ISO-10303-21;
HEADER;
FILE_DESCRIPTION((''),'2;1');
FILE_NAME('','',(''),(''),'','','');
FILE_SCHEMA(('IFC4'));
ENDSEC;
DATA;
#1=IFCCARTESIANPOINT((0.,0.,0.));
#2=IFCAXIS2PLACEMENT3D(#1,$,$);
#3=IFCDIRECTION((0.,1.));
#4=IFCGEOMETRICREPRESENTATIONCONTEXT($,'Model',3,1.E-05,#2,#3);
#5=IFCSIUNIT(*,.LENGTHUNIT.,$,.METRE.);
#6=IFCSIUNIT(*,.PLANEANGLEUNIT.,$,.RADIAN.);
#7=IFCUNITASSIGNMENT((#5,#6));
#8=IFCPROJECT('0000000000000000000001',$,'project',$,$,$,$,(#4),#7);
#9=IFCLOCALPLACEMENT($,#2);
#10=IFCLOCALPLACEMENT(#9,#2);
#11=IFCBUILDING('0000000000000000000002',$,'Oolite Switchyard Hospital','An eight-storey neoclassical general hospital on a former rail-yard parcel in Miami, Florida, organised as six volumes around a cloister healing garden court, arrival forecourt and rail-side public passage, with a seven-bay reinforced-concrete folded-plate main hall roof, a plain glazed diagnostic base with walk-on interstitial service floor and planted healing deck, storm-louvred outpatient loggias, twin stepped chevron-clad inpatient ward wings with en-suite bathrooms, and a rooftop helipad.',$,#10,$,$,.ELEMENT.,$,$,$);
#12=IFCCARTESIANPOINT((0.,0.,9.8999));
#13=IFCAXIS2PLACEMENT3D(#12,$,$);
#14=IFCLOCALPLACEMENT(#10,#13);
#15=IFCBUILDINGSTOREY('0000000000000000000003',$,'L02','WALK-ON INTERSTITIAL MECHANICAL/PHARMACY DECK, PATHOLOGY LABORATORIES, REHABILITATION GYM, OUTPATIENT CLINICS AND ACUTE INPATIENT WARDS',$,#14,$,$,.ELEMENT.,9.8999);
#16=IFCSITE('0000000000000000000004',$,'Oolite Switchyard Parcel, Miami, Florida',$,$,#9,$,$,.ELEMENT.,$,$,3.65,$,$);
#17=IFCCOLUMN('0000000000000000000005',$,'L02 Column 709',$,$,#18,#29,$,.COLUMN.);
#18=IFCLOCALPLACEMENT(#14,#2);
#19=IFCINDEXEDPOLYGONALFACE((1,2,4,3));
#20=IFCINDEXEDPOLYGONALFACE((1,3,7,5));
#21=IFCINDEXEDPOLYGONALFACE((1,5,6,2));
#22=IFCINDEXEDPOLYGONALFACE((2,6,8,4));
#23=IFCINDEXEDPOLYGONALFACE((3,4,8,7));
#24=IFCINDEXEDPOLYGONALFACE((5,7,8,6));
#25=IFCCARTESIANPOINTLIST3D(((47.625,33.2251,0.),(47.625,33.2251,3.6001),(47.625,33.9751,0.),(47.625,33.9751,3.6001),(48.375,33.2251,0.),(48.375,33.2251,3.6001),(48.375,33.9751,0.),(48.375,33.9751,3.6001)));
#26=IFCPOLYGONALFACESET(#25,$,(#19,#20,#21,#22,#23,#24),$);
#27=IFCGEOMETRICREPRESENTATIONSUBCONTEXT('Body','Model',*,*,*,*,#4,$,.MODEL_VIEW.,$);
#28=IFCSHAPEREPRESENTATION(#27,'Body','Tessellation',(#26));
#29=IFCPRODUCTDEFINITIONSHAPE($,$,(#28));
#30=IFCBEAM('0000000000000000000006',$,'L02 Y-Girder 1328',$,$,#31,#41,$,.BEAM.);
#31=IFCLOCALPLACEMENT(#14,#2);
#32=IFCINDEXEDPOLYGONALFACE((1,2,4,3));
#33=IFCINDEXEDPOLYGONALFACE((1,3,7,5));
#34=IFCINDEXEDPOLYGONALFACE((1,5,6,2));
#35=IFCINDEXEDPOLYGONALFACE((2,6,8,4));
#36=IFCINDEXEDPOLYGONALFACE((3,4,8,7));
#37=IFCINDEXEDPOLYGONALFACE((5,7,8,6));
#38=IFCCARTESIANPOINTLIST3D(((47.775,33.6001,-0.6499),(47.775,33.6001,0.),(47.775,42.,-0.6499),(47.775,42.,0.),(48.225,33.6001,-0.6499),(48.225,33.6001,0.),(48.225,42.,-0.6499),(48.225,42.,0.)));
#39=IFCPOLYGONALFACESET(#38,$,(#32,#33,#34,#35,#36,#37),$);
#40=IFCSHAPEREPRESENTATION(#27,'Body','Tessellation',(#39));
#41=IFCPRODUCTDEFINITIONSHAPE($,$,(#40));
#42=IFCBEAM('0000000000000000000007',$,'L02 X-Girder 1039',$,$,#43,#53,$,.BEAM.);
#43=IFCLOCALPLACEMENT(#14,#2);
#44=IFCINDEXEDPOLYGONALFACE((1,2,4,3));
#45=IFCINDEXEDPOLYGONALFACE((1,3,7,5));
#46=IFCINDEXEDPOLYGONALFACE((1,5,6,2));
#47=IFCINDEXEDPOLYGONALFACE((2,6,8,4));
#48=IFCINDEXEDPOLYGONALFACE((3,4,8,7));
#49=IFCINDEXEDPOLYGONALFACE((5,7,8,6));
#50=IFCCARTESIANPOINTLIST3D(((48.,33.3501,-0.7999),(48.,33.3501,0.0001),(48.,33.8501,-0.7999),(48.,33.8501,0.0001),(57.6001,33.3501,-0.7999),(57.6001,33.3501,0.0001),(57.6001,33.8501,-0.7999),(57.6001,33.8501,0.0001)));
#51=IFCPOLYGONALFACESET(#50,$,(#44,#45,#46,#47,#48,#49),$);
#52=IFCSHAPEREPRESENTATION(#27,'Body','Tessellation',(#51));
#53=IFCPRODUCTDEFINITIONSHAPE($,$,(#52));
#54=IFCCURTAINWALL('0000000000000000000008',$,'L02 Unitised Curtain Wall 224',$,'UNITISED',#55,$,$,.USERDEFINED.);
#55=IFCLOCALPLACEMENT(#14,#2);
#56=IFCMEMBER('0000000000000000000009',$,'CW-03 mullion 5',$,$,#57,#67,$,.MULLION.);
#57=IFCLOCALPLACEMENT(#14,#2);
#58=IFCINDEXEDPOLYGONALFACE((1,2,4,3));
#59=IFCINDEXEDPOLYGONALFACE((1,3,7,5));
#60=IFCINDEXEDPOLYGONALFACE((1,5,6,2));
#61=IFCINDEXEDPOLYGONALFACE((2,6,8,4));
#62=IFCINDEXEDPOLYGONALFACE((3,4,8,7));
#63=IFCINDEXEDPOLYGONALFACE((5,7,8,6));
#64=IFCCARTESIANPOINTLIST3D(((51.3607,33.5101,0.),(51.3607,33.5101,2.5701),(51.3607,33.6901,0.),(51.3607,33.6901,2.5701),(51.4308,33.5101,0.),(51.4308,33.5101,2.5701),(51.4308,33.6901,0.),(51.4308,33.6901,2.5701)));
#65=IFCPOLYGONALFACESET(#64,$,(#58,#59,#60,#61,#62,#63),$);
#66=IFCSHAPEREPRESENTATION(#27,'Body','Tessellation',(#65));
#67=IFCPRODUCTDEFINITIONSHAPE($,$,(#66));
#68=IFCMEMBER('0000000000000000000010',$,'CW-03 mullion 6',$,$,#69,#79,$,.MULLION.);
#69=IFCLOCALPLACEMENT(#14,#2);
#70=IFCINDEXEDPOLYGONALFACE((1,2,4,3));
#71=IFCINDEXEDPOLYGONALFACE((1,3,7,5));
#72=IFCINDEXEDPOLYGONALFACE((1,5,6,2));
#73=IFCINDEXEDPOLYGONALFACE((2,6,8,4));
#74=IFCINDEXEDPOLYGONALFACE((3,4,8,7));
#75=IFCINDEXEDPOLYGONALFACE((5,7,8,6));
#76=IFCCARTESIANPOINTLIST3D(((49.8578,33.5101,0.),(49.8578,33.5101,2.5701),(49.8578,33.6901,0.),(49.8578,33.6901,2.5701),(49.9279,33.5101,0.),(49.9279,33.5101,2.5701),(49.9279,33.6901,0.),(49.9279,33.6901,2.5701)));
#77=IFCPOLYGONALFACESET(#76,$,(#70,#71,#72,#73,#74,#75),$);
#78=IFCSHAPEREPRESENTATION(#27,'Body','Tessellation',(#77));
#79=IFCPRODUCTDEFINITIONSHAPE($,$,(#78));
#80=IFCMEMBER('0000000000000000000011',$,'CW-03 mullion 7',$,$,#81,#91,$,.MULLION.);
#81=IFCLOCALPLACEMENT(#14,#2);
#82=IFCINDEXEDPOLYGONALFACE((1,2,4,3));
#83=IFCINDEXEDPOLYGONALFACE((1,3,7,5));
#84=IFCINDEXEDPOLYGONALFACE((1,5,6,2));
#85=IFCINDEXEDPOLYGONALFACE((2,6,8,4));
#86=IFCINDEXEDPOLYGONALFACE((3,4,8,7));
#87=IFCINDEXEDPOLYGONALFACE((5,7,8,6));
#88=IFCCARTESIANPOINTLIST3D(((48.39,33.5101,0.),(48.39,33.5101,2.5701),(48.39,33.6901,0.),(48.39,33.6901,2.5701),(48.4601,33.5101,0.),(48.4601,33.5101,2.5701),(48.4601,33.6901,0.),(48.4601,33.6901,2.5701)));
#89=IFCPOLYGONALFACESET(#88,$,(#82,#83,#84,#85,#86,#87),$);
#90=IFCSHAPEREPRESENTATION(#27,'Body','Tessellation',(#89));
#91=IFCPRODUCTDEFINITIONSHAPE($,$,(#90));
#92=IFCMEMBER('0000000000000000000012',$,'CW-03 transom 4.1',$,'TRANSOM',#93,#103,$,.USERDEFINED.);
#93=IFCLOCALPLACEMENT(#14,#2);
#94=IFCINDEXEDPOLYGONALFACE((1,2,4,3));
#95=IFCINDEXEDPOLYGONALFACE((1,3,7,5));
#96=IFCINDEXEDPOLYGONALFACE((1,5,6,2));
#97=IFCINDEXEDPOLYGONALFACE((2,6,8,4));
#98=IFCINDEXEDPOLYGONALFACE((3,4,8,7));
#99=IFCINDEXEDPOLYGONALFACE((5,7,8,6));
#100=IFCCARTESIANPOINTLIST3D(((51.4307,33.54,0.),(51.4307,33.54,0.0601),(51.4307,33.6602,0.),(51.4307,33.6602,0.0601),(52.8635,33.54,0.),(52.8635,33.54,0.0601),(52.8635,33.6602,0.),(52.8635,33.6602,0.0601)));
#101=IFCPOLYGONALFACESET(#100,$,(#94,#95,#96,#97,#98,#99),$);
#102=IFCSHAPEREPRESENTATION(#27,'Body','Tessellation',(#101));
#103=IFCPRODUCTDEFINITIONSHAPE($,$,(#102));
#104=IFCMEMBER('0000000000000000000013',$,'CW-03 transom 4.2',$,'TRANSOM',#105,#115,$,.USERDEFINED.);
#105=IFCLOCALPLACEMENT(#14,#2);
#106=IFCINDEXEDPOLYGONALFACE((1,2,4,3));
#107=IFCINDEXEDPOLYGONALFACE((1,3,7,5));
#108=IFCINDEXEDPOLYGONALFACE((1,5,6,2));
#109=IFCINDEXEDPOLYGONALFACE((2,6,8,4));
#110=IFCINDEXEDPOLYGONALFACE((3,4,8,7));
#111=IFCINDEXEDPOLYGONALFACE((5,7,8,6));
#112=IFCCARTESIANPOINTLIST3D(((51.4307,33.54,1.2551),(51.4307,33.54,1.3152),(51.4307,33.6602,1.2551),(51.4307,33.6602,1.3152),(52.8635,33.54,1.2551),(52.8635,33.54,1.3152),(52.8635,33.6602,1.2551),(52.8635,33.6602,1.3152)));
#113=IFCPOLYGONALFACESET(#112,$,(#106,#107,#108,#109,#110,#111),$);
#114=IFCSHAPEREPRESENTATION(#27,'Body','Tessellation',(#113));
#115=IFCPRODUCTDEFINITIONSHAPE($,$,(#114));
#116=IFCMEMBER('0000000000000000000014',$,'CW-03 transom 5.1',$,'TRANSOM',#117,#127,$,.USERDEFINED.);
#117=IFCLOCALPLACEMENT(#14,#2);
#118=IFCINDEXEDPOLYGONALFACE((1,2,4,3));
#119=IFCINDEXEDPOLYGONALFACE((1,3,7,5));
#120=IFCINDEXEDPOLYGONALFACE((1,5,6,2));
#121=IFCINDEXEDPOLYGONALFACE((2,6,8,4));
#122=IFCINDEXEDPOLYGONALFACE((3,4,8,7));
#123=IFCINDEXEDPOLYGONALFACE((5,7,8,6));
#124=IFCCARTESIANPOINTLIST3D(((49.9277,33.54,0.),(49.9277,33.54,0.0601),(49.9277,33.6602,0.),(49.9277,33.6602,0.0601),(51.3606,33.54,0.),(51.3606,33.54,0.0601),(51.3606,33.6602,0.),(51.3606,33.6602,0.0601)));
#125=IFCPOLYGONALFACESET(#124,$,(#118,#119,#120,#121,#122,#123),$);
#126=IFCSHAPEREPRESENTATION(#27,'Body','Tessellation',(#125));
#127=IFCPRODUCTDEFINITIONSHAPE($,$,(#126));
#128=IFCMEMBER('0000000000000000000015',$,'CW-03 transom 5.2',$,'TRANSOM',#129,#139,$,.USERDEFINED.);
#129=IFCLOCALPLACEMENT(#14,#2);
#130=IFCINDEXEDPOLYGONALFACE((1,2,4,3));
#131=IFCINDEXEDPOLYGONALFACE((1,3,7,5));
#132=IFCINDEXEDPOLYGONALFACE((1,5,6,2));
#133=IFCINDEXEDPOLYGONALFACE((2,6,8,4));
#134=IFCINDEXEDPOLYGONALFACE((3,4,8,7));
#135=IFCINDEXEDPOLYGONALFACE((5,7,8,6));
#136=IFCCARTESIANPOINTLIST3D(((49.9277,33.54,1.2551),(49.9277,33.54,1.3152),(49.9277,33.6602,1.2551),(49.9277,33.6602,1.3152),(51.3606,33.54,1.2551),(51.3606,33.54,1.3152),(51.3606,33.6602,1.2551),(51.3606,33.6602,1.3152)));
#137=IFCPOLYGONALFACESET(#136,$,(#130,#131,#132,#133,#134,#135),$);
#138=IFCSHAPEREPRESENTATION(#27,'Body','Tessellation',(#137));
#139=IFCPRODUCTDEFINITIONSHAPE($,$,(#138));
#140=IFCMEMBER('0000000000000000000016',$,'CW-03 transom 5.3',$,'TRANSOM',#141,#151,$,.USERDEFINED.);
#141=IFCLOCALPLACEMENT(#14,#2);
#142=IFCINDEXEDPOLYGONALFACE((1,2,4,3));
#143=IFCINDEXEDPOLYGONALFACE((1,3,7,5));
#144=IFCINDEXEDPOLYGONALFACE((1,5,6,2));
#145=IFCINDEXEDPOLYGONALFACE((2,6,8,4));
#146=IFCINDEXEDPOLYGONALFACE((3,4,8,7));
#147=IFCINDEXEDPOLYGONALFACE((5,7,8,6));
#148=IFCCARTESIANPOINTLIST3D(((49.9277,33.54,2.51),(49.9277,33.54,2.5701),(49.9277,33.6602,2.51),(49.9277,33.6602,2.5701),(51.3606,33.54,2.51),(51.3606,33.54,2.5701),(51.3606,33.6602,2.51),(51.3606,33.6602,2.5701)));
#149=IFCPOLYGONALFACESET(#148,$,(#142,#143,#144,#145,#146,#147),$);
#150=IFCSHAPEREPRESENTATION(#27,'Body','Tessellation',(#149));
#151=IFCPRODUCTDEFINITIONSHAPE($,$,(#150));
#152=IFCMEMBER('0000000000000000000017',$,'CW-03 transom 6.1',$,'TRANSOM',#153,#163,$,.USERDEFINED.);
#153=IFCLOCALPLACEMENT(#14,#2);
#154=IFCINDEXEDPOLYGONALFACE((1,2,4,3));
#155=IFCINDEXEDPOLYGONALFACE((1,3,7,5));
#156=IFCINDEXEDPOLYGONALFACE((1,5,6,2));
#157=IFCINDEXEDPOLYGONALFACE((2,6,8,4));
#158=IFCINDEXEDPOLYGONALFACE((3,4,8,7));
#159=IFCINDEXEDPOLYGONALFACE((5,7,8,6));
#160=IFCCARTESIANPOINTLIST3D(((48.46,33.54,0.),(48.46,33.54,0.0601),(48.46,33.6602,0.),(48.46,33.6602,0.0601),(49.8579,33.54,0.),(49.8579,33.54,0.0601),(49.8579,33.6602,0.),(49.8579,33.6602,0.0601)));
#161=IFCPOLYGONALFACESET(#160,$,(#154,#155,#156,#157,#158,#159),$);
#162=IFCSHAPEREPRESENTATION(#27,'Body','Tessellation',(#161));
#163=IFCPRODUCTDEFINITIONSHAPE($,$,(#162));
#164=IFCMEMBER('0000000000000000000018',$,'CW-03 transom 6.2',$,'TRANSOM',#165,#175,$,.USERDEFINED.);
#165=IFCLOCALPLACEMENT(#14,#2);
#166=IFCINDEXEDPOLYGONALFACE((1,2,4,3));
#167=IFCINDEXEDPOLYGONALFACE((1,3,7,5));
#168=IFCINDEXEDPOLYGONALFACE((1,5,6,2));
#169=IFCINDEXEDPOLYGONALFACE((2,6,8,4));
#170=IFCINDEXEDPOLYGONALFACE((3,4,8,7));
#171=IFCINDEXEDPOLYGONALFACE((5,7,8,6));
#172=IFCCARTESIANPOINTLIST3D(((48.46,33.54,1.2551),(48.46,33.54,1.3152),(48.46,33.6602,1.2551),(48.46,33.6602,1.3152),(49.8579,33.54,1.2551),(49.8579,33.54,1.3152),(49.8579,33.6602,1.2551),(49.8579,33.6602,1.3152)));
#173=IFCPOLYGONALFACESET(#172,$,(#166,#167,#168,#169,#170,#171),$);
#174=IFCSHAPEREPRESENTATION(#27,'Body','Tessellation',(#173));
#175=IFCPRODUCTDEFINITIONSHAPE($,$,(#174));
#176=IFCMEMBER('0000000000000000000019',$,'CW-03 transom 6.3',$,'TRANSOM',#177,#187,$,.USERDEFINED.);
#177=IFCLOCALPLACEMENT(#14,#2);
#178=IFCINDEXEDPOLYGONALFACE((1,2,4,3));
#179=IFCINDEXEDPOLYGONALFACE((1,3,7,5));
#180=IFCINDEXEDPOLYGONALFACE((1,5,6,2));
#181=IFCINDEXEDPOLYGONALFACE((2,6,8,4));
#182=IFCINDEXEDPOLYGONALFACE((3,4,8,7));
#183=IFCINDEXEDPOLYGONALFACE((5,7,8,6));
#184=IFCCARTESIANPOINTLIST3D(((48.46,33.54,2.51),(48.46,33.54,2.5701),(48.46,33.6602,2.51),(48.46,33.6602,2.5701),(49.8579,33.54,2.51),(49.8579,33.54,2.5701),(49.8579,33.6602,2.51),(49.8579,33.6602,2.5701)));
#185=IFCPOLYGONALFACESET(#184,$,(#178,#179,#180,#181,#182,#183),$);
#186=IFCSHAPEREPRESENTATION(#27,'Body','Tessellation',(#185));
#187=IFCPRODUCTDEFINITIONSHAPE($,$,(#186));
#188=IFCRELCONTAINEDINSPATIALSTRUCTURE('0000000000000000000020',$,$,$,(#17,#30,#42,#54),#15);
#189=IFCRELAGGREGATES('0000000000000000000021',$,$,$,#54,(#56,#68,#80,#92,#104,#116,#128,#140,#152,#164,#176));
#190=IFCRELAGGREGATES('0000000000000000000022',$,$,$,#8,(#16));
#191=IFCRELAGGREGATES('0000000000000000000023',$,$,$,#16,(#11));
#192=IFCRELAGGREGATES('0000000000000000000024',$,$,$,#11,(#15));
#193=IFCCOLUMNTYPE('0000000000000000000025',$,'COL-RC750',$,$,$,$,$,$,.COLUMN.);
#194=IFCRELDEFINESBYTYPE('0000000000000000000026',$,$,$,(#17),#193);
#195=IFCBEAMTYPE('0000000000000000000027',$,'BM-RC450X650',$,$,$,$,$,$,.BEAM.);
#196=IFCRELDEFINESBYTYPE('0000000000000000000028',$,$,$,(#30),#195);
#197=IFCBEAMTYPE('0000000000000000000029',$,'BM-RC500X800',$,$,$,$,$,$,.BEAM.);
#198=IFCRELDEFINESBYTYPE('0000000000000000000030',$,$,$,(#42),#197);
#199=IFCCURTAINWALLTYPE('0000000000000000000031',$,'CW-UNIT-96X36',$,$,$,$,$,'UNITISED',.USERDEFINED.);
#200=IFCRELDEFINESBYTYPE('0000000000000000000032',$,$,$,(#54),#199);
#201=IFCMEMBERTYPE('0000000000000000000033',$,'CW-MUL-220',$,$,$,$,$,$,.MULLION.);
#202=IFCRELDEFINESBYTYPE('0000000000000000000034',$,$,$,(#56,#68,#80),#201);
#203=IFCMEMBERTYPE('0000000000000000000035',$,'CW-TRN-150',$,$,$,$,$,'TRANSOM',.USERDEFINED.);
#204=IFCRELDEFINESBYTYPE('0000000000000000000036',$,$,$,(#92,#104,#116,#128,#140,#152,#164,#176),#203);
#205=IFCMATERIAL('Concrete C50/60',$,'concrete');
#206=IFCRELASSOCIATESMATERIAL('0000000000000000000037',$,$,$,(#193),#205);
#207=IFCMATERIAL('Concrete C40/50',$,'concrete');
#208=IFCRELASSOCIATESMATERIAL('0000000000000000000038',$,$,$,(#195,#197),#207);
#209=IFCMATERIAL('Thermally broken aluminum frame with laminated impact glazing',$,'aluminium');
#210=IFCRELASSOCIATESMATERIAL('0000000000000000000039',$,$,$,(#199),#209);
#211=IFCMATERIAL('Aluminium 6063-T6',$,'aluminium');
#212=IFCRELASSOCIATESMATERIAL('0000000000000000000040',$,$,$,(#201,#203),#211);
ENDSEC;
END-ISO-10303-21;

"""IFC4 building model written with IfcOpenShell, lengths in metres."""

from ifc_helpers import new_model, si_unit, direction, frame, origin, origin_2d, place, context, subcontext, project, spatial, rectangle, extrude, material, material_profile, profile_set, type_object, element, aggregate, save


model = new_model("IFC4")

# Units and contexts
model_context = context("Model", 3, precision=1e-05, world=origin(), true_north=direction((0.0, 1.0)))
body_context = subcontext(model_context, "Body", "Model", "MODEL_VIEW")
ifc_project = project(units=[si_unit("LENGTHUNIT", "METRE"), si_unit("PLANEANGLEUNIT", "RADIAN")], contexts=[model_context])

# Site, building, storey
site_placement = place(None, origin())
site = spatial("IfcSite", under=ifc_project, at=site_placement, Name="Oolite Switchyard Parcel, Miami, Florida", CompositionType="ELEMENT", RefElevation=3.65)
building_placement = place(site_placement, origin())
building = spatial("IfcBuilding", under=site, at=building_placement, Name="Oolite Switchyard Hospital", Description="An eight-storey neoclassical general hospital on a former rail-yard parcel in Miami, Florida, organised as six volumes around a cloister healing garden court, arrival forecourt and rail-side public passage, with a seven-bay reinforced-concrete folded-plate main hall roof, a plain glazed diagnostic base with walk-on interstitial service floor and planted healing deck, storm-louvred outpatient loggias, twin stepped chevron-clad inpatient ward wings with en-suite bathrooms, and a rooftop helipad.", CompositionType="ELEMENT")
storey_placement = place(building_placement, frame((0.0, 0.0, 9.8999)))
storey = spatial("IfcBuildingStorey", under=building, at=storey_placement, Name="L02", Description="WALK-ON INTERSTITIAL MECHANICAL/PHARMACY DECK, PATHOLOGY LABORATORIES, REHABILITATION GYM, OUTPATIENT CLINICS AND ACUTE INPATIENT WARDS", CompositionType="ELEMENT", Elevation=9.8999)

# Column
ifc_material_1 = material(Name="Concrete C50/60", Category="concrete")
ifc_material_profile_1 = material_profile(ifc_material_1, rectangle(XDim=0.75, YDim=0.75, at=origin_2d()), Name="RC750X750")
ifc_profile_set_1 = profile_set([ifc_material_profile_1], Name="Concrete C50/60")
column_type = type_object("IfcColumnType", Name="COL-RC750", PredefinedType="COLUMN", material=ifc_profile_set_1)
column_placement = place(storey_placement, frame((48.0, 33.6001, 0.0), z_axis=(0.0, 0.0, 1.0), x_axis=(1.0, 0.0, 0.0)))
element("IfcColumn", 1, at=column_placement, inside=storey, type_object=column_type, Name="L02 Column 709", PredefinedType="COLUMN", context=body_context, shape_type="SweptSolid", body=[
    extrude(rectangle(XDim=0.75, YDim=0.75, at=origin_2d()), origin(), (0.0, 0.0, 1.0), 3.6001),
])

# Beams
ifc_material_2 = material(Name="Concrete C40/50", Category="concrete")
ifc_material_profile_2 = material_profile(ifc_material_2, rectangle(XDim=0.45, YDim=0.6499, at=origin_2d()), Name="RCB450X650")
ifc_profile_set_2 = profile_set([ifc_material_profile_2], Name="Concrete C40/50")
beam_type_1 = type_object("IfcBeamType", Name="BM-RC450X650", PredefinedType="BEAM", material=ifc_profile_set_2)
beam_1_placement = place(storey_placement, frame((48.0, 33.6001, -0.325), z_axis=(0.0, 1.0, 0.0), x_axis=(-1.0, 0.0, 0.0)))
element("IfcBeam", 2, at=beam_1_placement, inside=storey, type_object=beam_type_1, Name="L02 Y-Girder 1328", PredefinedType="BEAM", context=body_context, shape_type="SweptSolid", body=[
    extrude(rectangle(XDim=0.45, YDim=0.6499, at=origin_2d()), origin(), (0.0, 0.0, 1.0), 8.3999),
])
ifc_material_profile_3 = material_profile(ifc_material_2, rectangle(XDim=0.5, YDim=0.8, at=origin_2d()), Name="RCB500X800")
ifc_profile_set_3 = profile_set([ifc_material_profile_3], Name="Concrete C40/50")
beam_type_2 = type_object("IfcBeamType", Name="BM-RC500X800", PredefinedType="BEAM", material=ifc_profile_set_3)
beam_2_placement = place(storey_placement, frame((48.0, 33.6001, -0.3999), z_axis=(1.0, 0.0, 0.0), x_axis=(0.0, 1.0, 0.0)))
element("IfcBeam", 3, at=beam_2_placement, inside=storey, type_object=beam_type_2, Name="L02 X-Girder 1039", PredefinedType="BEAM", context=body_context, shape_type="SweptSolid", body=[
    extrude(rectangle(XDim=0.5, YDim=0.8, at=origin_2d()), origin(), (0.0, 0.0, 1.0), 9.6001),
])

# Curtain wall, members
ifc_material_3 = material(Name="Thermally broken aluminum frame with laminated impact glazing", Category="aluminium")
curtain_wall_type = type_object("IfcCurtainWallType", Name="CW-UNIT-96X36", ElementType="UNITISED", PredefinedType="USERDEFINED", material=ifc_material_3)
curtain_wall_placement = place(storey_placement, origin())
curtain_wall = element("IfcCurtainWall", 4, at=curtain_wall_placement, inside=storey, type_object=curtain_wall_type, Name="L02 Unitised Curtain Wall 224", ObjectType="UNITISED", PredefinedType="USERDEFINED")
ifc_material_4 = material(Name="Aluminium 6063-T6", Category="aluminium")
ifc_material_profile_4 = material_profile(ifc_material_4, rectangle(XDim=0.1799, YDim=0.0701, at=origin_2d()), Name="CWM70X180")
ifc_profile_set_4 = profile_set([ifc_material_profile_4], Name="Aluminium 6063-T6")
member_type_1 = type_object("IfcMemberType", Name="CW-MUL-220", PredefinedType="MULLION", material=ifc_profile_set_4)
member_1_placement = place(storey_placement, frame((51.3958, 33.6001, 0.0), z_axis=(0.0, 0.0, 1.0), x_axis=(0.0, -1.0, 0.0)))
member_1 = element("IfcMember", 5, at=member_1_placement, type_object=member_type_1, Name="CW-03 mullion 5", PredefinedType="MULLION", context=body_context, shape_type="SweptSolid", body=[
    extrude(rectangle(XDim=0.1799, YDim=0.0701, at=origin_2d()), origin(), (0.0, 0.0, 1.0), 2.5701),
])
member_2_placement = place(storey_placement, frame((49.8928, 33.6001, 0.0), z_axis=(0.0, 0.0, 1.0), x_axis=(0.0, -1.0, 0.0)))
member_2 = element("IfcMember", 6, at=member_2_placement, type_object=member_type_1, Name="CW-03 mullion 6", PredefinedType="MULLION", context=body_context, shape_type="SweptSolid", body=[
    extrude(rectangle(XDim=0.1799, YDim=0.0701, at=origin_2d()), origin(), (0.0, 0.0, 1.0), 2.5701),
])
member_3_placement = place(storey_placement, frame((48.425, 33.6001, 0.0), z_axis=(0.0, 0.0, 1.0), x_axis=(0.0, -1.0, 0.0)))
member_3 = element("IfcMember", 7, at=member_3_placement, type_object=member_type_1, Name="CW-03 mullion 7", PredefinedType="MULLION", context=body_context, shape_type="SweptSolid", body=[
    extrude(rectangle(XDim=0.1799, YDim=0.0701, at=origin_2d()), origin(), (0.0, 0.0, 1.0), 2.5701),
])
ifc_material_profile_5 = material_profile(ifc_material_4, rectangle(XDim=0.1201, YDim=0.0601, at=origin_2d()), Name="CWT60X120")
ifc_profile_set_5 = profile_set([ifc_material_profile_5], Name="Aluminium 6063-T6")
member_type_2 = type_object("IfcMemberType", Name="CW-TRN-150", ElementType="TRANSOM", PredefinedType="USERDEFINED", material=ifc_profile_set_5)
member_4_placement = place(storey_placement, frame((52.8635, 33.6001, 0.03), z_axis=(-1.0, 0.0, 0.0), x_axis=(0.0, -1.0, 0.0)))
member_4 = element("IfcMember", 8, at=member_4_placement, type_object=member_type_2, Name="CW-03 transom 4.1", ObjectType="TRANSOM", PredefinedType="USERDEFINED", context=body_context, shape_type="SweptSolid", body=[
    extrude(rectangle(XDim=0.1201, YDim=0.0601, at=origin_2d()), origin(), (0.0, 0.0, 1.0), 1.4329),
])
member_5_placement = place(storey_placement, frame((52.8635, 33.6001, 1.2852), z_axis=(-1.0, 0.0, 0.0), x_axis=(0.0, -1.0, 0.0)))
member_5 = element("IfcMember", 9, at=member_5_placement, type_object=member_type_2, Name="CW-03 transom 4.2", ObjectType="TRANSOM", PredefinedType="USERDEFINED", context=body_context, shape_type="SweptSolid", body=[
    extrude(rectangle(XDim=0.1201, YDim=0.0601, at=origin_2d()), origin(), (0.0, 0.0, 1.0), 1.4329),
])
member_6_placement = place(storey_placement, frame((51.3606, 33.6001, 0.03), z_axis=(-1.0, 0.0, 0.0), x_axis=(0.0, -1.0, 0.0)))
member_6 = element("IfcMember", 10, at=member_6_placement, type_object=member_type_2, Name="CW-03 transom 5.1", ObjectType="TRANSOM", PredefinedType="USERDEFINED", context=body_context, shape_type="SweptSolid", body=[
    extrude(rectangle(XDim=0.1201, YDim=0.0601, at=origin_2d()), origin(), (0.0, 0.0, 1.0), 1.4329),
])
member_7_placement = place(storey_placement, frame((51.3606, 33.6001, 1.2852), z_axis=(-1.0, 0.0, 0.0), x_axis=(0.0, -1.0, 0.0)))
member_7 = element("IfcMember", 11, at=member_7_placement, type_object=member_type_2, Name="CW-03 transom 5.2", ObjectType="TRANSOM", PredefinedType="USERDEFINED", context=body_context, shape_type="SweptSolid", body=[
    extrude(rectangle(XDim=0.1201, YDim=0.0601, at=origin_2d()), origin(), (0.0, 0.0, 1.0), 1.4329),
])
member_8_placement = place(storey_placement, frame((51.3606, 33.6001, 2.54), z_axis=(-1.0, 0.0, 0.0), x_axis=(0.0, -1.0, 0.0)))
member_8 = element("IfcMember", 12, at=member_8_placement, type_object=member_type_2, Name="CW-03 transom 5.3", ObjectType="TRANSOM", PredefinedType="USERDEFINED", context=body_context, shape_type="SweptSolid", body=[
    extrude(rectangle(XDim=0.1201, YDim=0.0601, at=origin_2d()), origin(), (0.0, 0.0, 1.0), 1.4329),
])
member_9_placement = place(storey_placement, frame((49.8579, 33.6001, 0.03), z_axis=(-1.0, 0.0, 0.0), x_axis=(0.0, -1.0, 0.0)))
member_9 = element("IfcMember", 13, at=member_9_placement, type_object=member_type_2, Name="CW-03 transom 6.1", ObjectType="TRANSOM", PredefinedType="USERDEFINED", context=body_context, shape_type="SweptSolid", body=[
    extrude(rectangle(XDim=0.1201, YDim=0.0601, at=origin_2d()), origin(), (0.0, 0.0, 1.0), 1.3979),
])
member_10_placement = place(storey_placement, frame((49.8579, 33.6001, 1.2852), z_axis=(-1.0, 0.0, 0.0), x_axis=(0.0, -1.0, 0.0)))
member_10 = element("IfcMember", 14, at=member_10_placement, type_object=member_type_2, Name="CW-03 transom 6.2", ObjectType="TRANSOM", PredefinedType="USERDEFINED", context=body_context, shape_type="SweptSolid", body=[
    extrude(rectangle(XDim=0.1201, YDim=0.0601, at=origin_2d()), origin(), (0.0, 0.0, 1.0), 1.3979),
])
member_11_placement = place(storey_placement, frame((49.8579, 33.6001, 2.54), z_axis=(-1.0, 0.0, 0.0), x_axis=(0.0, -1.0, 0.0)))
member_11 = element("IfcMember", 15, at=member_11_placement, type_object=member_type_2, Name="CW-03 transom 6.3", ObjectType="TRANSOM", PredefinedType="USERDEFINED", context=body_context, shape_type="SweptSolid", body=[
    extrude(rectangle(XDim=0.1201, YDim=0.0601, at=origin_2d()), origin(), (0.0, 0.0, 1.0), 1.3979),
])
aggregate(curtain_wall, [member_1, member_2, member_3, member_4, member_5, member_6, member_7, member_8, member_9, member_10, member_11])

save(model, "model.ifc")
